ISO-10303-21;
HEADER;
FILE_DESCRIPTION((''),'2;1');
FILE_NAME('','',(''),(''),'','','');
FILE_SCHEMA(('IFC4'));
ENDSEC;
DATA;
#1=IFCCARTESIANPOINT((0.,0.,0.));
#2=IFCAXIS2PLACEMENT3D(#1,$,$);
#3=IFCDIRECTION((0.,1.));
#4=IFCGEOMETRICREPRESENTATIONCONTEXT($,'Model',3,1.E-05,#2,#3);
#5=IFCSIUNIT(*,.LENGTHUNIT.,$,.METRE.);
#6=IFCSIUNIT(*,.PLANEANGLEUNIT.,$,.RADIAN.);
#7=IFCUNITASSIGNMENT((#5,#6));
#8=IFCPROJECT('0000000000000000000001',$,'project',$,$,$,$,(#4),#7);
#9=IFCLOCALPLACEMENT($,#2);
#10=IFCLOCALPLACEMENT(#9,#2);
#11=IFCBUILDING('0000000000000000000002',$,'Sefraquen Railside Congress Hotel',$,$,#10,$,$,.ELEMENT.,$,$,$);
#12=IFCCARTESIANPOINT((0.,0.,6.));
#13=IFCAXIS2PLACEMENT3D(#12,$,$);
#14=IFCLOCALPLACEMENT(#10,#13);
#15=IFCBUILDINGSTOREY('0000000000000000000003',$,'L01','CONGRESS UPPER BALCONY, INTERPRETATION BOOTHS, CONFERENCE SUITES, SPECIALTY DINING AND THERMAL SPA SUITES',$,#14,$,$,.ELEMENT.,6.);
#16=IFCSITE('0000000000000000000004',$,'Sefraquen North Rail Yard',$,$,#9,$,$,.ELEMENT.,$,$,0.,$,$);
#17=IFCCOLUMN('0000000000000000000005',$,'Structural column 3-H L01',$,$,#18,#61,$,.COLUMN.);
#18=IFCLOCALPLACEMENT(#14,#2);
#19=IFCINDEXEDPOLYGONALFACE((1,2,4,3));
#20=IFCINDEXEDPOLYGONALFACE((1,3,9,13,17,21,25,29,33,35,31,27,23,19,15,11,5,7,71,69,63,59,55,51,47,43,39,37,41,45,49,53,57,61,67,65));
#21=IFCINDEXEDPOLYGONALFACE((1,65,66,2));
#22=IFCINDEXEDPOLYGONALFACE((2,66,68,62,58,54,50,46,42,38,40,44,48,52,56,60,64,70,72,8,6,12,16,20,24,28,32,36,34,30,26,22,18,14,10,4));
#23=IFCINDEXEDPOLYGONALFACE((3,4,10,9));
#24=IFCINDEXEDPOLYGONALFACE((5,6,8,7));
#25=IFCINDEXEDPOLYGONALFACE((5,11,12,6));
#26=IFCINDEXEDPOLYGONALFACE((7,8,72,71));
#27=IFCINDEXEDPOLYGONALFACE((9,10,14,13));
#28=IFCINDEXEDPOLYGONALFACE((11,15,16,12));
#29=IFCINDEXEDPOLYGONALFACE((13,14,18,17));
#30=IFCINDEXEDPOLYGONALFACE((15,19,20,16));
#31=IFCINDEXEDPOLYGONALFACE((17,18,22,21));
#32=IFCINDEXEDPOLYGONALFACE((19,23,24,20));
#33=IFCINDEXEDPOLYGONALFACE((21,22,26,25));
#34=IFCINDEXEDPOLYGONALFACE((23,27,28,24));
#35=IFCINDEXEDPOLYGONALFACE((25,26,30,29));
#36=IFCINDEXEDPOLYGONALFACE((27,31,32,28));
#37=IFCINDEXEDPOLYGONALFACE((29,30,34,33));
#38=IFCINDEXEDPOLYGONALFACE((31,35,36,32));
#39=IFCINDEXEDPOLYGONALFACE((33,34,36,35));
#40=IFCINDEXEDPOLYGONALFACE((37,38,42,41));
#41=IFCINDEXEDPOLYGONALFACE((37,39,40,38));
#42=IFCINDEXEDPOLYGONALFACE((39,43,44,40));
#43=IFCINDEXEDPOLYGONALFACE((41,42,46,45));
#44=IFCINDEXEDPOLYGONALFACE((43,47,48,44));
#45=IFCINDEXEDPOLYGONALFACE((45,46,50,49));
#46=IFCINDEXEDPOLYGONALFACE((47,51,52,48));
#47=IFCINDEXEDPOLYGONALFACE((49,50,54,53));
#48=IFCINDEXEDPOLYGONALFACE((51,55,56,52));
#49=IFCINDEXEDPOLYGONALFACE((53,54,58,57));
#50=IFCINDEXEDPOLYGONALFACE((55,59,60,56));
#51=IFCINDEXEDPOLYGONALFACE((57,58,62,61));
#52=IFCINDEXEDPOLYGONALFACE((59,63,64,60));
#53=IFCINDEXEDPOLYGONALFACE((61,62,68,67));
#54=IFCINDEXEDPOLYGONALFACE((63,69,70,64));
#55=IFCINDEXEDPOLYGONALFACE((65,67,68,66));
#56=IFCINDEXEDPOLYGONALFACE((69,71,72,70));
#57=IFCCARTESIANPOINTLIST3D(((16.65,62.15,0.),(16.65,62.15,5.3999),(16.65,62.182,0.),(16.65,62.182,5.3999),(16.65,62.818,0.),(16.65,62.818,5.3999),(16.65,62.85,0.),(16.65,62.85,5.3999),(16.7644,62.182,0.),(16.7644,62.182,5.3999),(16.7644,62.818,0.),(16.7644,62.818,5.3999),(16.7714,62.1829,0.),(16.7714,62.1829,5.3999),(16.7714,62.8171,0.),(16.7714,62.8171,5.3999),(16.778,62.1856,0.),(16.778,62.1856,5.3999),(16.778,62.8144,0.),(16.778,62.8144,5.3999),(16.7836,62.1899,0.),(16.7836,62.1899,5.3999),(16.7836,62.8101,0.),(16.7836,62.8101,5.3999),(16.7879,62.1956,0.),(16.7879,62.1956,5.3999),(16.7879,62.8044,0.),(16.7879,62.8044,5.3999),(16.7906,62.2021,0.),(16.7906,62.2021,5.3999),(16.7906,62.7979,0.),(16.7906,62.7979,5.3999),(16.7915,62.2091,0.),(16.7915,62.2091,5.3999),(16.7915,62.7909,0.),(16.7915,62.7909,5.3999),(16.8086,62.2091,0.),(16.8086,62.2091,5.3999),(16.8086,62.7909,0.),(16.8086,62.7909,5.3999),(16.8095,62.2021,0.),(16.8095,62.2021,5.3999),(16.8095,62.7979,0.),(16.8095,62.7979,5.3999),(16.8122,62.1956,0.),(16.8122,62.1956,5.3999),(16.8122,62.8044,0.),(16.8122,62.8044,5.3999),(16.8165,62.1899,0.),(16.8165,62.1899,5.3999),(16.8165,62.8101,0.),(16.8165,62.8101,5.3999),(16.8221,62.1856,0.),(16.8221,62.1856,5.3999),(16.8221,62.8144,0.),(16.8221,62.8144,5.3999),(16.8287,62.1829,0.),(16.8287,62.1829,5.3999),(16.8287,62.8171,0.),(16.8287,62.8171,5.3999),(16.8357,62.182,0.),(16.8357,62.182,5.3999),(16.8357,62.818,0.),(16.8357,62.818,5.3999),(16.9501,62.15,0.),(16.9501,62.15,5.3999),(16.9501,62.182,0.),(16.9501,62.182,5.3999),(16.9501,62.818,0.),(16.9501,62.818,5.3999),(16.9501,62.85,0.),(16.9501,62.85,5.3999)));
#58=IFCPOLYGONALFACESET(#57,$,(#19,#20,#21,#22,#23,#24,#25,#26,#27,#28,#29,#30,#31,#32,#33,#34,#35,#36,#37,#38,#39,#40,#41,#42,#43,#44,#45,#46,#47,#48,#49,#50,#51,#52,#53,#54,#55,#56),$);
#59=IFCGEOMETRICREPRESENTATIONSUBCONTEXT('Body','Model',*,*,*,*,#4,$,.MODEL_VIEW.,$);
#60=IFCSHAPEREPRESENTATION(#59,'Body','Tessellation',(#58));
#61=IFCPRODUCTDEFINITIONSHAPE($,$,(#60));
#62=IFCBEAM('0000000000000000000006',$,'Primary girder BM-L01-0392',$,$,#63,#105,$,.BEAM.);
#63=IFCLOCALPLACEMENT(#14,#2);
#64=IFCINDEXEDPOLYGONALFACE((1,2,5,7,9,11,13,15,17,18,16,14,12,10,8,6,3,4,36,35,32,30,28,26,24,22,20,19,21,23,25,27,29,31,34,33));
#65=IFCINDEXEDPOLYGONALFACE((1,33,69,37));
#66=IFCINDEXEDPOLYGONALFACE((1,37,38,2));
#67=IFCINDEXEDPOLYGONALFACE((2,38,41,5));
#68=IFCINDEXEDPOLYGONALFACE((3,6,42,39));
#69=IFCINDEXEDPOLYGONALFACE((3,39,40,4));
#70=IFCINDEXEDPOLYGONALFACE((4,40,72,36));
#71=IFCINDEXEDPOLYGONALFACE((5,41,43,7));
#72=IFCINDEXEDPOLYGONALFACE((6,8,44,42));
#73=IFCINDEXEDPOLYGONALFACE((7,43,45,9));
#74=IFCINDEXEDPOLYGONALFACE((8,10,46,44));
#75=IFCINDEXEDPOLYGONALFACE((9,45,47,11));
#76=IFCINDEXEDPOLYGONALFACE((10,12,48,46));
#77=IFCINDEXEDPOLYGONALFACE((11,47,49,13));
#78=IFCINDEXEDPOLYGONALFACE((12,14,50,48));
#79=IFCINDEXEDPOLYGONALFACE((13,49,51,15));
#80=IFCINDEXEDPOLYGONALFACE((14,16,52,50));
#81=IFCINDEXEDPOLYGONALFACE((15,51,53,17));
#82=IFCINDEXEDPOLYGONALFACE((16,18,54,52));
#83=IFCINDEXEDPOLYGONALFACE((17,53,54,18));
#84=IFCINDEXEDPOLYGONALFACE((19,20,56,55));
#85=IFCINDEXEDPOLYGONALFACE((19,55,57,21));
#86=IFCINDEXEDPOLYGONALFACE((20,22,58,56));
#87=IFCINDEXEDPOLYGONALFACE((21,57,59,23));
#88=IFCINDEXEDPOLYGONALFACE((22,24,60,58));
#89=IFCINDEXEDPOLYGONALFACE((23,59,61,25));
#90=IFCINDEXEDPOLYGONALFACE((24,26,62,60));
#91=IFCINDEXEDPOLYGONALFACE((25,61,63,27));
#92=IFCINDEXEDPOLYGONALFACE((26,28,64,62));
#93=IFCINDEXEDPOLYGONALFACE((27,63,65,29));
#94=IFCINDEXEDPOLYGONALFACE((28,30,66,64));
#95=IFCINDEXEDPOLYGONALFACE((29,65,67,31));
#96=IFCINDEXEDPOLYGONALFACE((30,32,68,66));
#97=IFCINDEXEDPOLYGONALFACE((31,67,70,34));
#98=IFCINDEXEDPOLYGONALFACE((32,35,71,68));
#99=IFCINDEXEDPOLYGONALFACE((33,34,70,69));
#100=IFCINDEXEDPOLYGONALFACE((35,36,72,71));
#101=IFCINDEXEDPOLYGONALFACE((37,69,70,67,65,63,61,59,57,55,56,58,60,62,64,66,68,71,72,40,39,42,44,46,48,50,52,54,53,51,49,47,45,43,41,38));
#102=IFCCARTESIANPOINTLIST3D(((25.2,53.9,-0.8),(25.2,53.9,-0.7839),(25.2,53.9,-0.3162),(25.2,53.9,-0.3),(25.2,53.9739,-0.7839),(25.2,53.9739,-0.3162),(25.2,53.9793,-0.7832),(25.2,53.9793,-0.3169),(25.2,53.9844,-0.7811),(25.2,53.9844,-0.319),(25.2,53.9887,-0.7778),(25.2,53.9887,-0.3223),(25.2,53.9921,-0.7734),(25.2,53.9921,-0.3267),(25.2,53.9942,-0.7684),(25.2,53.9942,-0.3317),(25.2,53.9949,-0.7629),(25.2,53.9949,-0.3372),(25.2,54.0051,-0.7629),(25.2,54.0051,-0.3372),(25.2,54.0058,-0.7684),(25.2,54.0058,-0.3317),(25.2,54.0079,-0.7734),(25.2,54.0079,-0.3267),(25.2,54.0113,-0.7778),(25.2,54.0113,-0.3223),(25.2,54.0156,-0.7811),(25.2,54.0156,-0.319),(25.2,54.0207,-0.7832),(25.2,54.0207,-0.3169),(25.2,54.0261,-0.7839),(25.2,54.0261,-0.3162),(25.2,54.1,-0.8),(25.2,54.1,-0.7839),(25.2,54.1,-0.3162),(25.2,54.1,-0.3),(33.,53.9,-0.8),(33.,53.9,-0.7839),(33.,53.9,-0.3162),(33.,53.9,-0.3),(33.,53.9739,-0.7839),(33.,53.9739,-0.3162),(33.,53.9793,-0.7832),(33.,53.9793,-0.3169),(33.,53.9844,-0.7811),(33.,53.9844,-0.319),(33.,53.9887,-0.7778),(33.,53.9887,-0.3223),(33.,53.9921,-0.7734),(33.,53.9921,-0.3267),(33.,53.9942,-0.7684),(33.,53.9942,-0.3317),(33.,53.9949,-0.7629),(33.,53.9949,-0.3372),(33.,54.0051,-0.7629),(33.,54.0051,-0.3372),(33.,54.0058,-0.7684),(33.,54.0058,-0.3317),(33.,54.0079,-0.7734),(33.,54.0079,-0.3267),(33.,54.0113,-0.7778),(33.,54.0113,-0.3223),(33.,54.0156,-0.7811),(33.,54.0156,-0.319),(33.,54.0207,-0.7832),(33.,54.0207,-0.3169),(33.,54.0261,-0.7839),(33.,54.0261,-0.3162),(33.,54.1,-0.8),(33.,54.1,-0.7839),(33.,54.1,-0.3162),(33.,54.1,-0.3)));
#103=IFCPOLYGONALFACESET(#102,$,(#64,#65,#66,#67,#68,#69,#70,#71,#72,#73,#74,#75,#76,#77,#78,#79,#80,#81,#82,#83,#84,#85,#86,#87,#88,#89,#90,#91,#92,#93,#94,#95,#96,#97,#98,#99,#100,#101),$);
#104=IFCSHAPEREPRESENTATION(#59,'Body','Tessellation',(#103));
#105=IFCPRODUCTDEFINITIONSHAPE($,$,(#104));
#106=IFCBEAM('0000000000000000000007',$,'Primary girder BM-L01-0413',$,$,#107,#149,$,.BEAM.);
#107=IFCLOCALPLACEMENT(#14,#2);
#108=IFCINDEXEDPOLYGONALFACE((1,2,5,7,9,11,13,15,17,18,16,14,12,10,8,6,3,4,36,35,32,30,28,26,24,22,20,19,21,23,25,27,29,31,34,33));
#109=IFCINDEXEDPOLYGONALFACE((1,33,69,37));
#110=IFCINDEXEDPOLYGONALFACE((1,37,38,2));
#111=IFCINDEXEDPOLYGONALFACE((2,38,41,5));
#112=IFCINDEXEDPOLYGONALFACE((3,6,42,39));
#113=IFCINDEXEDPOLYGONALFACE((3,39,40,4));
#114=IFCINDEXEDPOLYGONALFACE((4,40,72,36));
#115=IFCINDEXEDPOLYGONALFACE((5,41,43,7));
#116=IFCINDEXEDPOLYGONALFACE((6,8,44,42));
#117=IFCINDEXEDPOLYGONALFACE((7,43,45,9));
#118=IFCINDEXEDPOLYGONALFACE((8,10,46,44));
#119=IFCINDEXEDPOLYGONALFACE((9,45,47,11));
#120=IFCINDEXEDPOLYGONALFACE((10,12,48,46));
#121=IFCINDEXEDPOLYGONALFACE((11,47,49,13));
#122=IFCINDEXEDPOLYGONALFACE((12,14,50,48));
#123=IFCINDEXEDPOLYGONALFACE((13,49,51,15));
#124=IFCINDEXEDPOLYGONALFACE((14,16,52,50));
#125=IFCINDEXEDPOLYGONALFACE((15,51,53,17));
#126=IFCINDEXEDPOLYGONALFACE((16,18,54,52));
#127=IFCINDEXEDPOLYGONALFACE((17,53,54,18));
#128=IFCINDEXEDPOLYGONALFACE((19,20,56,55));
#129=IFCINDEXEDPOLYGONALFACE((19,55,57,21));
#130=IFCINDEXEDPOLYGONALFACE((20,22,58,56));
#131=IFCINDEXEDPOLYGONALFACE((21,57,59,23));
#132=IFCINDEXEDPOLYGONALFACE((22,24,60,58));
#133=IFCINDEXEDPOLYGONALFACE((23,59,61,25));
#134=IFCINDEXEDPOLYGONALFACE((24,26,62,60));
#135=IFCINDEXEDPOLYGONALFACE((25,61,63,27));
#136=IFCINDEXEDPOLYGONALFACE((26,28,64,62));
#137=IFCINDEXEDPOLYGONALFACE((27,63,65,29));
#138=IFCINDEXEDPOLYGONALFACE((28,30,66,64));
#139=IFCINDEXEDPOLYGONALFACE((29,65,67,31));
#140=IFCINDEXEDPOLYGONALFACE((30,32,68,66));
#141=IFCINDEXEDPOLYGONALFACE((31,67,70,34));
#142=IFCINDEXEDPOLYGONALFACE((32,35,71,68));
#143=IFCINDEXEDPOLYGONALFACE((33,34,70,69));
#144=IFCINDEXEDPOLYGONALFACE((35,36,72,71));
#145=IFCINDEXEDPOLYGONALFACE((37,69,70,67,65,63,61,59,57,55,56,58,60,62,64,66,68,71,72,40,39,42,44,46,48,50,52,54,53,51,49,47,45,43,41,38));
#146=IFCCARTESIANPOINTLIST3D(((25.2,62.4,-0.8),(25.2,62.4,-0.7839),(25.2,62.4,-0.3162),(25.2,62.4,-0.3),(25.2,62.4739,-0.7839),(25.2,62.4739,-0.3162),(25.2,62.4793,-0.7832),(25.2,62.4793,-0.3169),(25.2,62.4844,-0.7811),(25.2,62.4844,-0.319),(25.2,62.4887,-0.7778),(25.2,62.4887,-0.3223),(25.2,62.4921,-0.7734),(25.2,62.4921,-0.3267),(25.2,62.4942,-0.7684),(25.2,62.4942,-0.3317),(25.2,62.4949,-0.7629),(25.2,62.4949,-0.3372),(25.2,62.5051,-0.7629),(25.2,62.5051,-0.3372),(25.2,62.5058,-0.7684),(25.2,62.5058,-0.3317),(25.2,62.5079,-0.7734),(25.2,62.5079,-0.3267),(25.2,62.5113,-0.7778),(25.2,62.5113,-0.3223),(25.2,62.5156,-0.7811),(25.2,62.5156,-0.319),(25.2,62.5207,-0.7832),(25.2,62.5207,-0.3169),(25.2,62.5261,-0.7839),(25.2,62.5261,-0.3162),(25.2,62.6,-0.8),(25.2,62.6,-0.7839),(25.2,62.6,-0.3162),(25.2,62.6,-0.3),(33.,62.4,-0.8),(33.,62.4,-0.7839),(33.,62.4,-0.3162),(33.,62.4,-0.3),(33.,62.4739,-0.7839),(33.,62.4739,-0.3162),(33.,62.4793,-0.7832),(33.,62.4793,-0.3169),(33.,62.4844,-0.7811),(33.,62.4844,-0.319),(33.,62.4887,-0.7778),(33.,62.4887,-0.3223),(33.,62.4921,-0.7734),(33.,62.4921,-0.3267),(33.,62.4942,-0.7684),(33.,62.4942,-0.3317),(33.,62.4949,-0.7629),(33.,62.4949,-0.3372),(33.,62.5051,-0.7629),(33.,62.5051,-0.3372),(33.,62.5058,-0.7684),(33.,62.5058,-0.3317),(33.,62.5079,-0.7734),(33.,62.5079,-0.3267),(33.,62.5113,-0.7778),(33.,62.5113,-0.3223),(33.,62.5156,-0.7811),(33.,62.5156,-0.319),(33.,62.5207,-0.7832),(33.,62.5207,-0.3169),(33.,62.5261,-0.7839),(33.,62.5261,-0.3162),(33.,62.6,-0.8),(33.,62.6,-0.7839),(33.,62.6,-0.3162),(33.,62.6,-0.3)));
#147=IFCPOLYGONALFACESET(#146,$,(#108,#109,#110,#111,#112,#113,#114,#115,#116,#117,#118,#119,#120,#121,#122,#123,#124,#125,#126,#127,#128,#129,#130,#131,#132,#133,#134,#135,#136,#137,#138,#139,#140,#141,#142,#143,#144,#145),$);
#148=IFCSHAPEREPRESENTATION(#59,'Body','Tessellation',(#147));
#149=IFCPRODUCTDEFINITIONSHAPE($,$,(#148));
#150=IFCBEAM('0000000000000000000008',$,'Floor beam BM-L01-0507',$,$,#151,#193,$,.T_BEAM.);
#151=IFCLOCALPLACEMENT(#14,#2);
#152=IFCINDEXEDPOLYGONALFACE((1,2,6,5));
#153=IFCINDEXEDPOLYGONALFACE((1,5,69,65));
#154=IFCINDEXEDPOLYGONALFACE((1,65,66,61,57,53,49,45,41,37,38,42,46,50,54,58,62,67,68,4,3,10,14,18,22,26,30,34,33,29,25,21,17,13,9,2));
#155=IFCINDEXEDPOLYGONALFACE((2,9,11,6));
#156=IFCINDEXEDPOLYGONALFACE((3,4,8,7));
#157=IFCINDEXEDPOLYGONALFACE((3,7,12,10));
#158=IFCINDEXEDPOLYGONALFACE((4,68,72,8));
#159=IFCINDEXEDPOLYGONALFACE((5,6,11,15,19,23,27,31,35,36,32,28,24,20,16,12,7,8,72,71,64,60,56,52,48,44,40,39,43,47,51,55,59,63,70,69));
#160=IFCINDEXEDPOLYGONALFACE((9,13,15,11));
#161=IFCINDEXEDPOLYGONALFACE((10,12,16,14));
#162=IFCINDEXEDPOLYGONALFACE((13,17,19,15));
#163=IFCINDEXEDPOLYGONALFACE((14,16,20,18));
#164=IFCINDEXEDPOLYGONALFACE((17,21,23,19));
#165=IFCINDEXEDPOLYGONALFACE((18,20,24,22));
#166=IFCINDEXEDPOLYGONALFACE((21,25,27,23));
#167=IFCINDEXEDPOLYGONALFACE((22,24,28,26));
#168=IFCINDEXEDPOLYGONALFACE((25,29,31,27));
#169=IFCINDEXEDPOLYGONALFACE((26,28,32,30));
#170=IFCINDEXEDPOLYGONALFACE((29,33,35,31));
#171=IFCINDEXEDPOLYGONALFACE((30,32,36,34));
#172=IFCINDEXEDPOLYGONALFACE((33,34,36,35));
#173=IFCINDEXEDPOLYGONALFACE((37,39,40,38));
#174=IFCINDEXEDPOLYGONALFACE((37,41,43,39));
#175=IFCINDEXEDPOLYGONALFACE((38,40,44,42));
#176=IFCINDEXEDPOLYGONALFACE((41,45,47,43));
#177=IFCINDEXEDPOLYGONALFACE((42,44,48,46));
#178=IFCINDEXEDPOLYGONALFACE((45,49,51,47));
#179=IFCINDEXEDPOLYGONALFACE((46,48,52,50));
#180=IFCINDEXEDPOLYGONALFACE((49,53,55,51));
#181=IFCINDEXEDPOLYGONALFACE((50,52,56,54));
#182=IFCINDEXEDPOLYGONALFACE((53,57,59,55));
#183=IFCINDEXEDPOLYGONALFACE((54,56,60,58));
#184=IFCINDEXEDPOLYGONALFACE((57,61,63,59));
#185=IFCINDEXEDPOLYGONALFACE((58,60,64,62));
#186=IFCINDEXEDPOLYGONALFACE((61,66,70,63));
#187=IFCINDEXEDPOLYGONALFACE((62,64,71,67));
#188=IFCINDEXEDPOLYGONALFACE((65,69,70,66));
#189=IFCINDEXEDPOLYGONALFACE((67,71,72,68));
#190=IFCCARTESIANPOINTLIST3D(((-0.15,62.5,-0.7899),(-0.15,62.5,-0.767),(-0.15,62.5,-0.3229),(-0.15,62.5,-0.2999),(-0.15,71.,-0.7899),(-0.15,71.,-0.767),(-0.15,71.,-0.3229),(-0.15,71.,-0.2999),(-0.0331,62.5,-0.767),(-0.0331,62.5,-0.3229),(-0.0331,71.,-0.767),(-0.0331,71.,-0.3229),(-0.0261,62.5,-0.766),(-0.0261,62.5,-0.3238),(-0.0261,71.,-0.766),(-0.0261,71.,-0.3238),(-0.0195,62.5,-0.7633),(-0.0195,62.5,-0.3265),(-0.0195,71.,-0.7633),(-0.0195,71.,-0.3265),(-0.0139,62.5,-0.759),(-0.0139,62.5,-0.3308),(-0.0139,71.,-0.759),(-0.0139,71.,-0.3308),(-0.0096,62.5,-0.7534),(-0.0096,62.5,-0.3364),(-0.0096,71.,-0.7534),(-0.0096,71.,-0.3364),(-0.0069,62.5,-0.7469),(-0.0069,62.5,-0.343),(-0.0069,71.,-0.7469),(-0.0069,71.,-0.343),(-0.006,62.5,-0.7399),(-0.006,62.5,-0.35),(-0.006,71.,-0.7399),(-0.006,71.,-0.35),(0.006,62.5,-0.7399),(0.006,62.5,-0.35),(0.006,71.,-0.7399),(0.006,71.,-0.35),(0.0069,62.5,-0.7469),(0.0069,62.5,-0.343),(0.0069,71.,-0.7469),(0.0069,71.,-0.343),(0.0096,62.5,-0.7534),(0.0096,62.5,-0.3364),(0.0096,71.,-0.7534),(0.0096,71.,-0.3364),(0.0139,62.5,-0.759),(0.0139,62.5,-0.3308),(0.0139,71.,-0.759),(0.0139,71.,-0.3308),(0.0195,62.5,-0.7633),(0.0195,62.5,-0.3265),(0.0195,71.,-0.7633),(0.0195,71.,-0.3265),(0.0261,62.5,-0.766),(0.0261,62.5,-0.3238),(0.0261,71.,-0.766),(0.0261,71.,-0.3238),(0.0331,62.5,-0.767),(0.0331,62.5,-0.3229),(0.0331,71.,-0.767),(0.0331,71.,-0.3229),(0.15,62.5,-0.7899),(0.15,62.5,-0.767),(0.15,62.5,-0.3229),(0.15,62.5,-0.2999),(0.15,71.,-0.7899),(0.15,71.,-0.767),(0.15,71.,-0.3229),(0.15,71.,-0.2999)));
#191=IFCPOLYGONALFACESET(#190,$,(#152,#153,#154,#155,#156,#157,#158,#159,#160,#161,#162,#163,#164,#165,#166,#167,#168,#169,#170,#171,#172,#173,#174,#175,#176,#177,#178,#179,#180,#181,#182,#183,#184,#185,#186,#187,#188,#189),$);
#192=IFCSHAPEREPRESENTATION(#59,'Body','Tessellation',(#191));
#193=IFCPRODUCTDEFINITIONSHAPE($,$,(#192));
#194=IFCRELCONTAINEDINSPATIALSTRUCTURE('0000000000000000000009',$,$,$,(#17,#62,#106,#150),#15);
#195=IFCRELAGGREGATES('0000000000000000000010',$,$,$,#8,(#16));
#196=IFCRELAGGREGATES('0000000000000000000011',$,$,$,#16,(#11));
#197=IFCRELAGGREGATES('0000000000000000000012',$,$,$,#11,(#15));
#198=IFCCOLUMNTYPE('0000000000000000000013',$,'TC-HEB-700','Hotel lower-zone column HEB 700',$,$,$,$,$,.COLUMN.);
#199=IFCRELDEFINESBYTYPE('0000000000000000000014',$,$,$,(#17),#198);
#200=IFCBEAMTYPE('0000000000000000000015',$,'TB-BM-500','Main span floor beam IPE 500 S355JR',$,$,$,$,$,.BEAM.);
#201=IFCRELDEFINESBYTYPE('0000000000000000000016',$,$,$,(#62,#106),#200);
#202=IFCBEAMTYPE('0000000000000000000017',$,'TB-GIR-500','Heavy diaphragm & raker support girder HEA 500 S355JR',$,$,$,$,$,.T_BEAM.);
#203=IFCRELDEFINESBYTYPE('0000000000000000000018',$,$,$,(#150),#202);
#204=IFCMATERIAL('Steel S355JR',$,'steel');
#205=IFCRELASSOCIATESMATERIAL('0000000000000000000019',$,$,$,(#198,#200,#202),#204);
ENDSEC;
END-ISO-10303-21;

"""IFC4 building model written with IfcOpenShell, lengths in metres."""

from ifc_helpers import new_model, si_unit, direction, frame, origin, origin_2d, place, context, subcontext, project, spatial, i_section, extrude, material, material_profile, profile_set, type_object, element, save


model = new_model("IFC4")

# Units and contexts
model_context = context("Model", 3, precision=1e-05, world=origin(), true_north=direction((0.0, 1.0)))
body_context = subcontext(model_context, "Body", "Model", "MODEL_VIEW")
ifc_project = project(units=[si_unit("LENGTHUNIT", "METRE"), si_unit("PLANEANGLEUNIT", "RADIAN")], contexts=[model_context])

# Site, building, storey
site_placement = place(None, origin())
site = spatial("IfcSite", under=ifc_project, at=site_placement, Name="Sefraquen North Rail Yard", CompositionType="ELEMENT", RefElevation=0.0)
building_placement = place(site_placement, origin())
building = spatial("IfcBuilding", under=site, at=building_placement, Name="Sefraquen Railside Congress Hotel", CompositionType="ELEMENT")
storey_placement = place(building_placement, frame((0.0, 0.0, 6.0)))
storey = spatial("IfcBuildingStorey", under=building, at=storey_placement, Name="L01", Description="CONGRESS UPPER BALCONY, INTERPRETATION BOOTHS, CONFERENCE SUITES, SPECIALTY DINING AND THERMAL SPA SUITES", CompositionType="ELEMENT", Elevation=6.0)

# Column
ifc_material_1 = material(Name="Steel S355JR", Category="steel")
ifc_material_profile_1 = material_profile(ifc_material_1, i_section(OverallWidth=0.3, OverallDepth=0.7, WebThickness=0.0171, FlangeThickness=0.032, FilletRadius=0.0271, at=origin_2d()), Name="HEB 700")
ifc_profile_set_1 = profile_set([ifc_material_profile_1], Name="Steel S355JR")
column_type_1 = type_object("IfcColumnType", Name="TC-HEB-700", Description="Hotel lower-zone column HEB 700", PredefinedType="COLUMN", material=ifc_profile_set_1)
column_1_placement = place(storey_placement, frame((16.8, 62.5, 0.0), z_axis=(0.0, 0.0, 1.0), x_axis=(1.0, 0.0, 0.0)))
element("IfcColumn", 1, at=column_1_placement, inside=storey, type_object=column_type_1, Name="Structural column 3-H L01", PredefinedType="COLUMN", context=body_context, shape_type="SweptSolid", body=[
    extrude(i_section(OverallWidth=0.3, OverallDepth=0.7, WebThickness=0.0171, FlangeThickness=0.032, FilletRadius=0.0271, at=origin_2d()), origin(), (0.0, 0.0, 1.0), 5.3999),
])

# Beams
ifc_material_profile_2 = material_profile(ifc_material_1, i_section(OverallWidth=0.2, OverallDepth=0.5, WebThickness=0.0103, FlangeThickness=0.0161, FilletRadius=0.021, at=origin_2d()), Name="IPE 500")
ifc_profile_set_2 = profile_set([ifc_material_profile_2], Name="Steel S355JR")
beam_type_1 = type_object("IfcBeamType", Name="TB-BM-500", Description="Main span floor beam IPE 500 S355JR", PredefinedType="BEAM", material=ifc_profile_set_2)
for number, where, z_axis, x_axis, name in (
    (2, (25.2, 54.0, -0.55), (1.0, 0.0, 0.0), (0.0, 1.0, 0.0), "Primary girder BM-L01-0392"),
    (3, (25.2, 62.5, -0.55), (1.0, 0.0, 0.0), (0.0, 1.0, 0.0), "Primary girder BM-L01-0413"),
):
    element("IfcBeam", number, at=place(storey_placement, frame(where, z_axis=z_axis, x_axis=x_axis)), inside=storey, type_object=beam_type_1, Name=name, PredefinedType="BEAM", context=body_context, shape_type="SweptSolid", body=[
        extrude(i_section(OverallWidth=0.2, OverallDepth=0.5, WebThickness=0.0103, FlangeThickness=0.0161, FilletRadius=0.021, at=origin_2d()), origin(), (0.0, 0.0, 1.0), 7.8),
    ])
ifc_material_profile_3 = material_profile(ifc_material_1, i_section(OverallWidth=0.3, OverallDepth=0.49, WebThickness=0.012, FlangeThickness=0.0229, FilletRadius=0.0271, at=origin_2d()), Name="HEA 500")
ifc_profile_set_3 = profile_set([ifc_material_profile_3], Name="Steel S355JR")
beam_type_2 = type_object("IfcBeamType", Name="TB-GIR-500", Description="Heavy diaphragm & raker support girder HEA 500 S355JR", PredefinedType="T_BEAM", material=ifc_profile_set_3)
for number, where, z_axis, x_axis, name in (
    (4, (0.0, 62.5, -0.5449), (0.0, 1.0, 0.0), (-1.0, 0.0, 0.0), "Floor beam BM-L01-0507"),
):
    element("IfcBeam", number, at=place(storey_placement, frame(where, z_axis=z_axis, x_axis=x_axis)), inside=storey, type_object=beam_type_2, Name=name, PredefinedType="T_BEAM", context=body_context, shape_type="SweptSolid", body=[
        extrude(i_section(OverallWidth=0.3, OverallDepth=0.49, WebThickness=0.012, FlangeThickness=0.0229, FilletRadius=0.0271, at=origin_2d()), origin(), (0.0, 0.0, 1.0), 8.5),
    ])

save(model, "model.ifc")
